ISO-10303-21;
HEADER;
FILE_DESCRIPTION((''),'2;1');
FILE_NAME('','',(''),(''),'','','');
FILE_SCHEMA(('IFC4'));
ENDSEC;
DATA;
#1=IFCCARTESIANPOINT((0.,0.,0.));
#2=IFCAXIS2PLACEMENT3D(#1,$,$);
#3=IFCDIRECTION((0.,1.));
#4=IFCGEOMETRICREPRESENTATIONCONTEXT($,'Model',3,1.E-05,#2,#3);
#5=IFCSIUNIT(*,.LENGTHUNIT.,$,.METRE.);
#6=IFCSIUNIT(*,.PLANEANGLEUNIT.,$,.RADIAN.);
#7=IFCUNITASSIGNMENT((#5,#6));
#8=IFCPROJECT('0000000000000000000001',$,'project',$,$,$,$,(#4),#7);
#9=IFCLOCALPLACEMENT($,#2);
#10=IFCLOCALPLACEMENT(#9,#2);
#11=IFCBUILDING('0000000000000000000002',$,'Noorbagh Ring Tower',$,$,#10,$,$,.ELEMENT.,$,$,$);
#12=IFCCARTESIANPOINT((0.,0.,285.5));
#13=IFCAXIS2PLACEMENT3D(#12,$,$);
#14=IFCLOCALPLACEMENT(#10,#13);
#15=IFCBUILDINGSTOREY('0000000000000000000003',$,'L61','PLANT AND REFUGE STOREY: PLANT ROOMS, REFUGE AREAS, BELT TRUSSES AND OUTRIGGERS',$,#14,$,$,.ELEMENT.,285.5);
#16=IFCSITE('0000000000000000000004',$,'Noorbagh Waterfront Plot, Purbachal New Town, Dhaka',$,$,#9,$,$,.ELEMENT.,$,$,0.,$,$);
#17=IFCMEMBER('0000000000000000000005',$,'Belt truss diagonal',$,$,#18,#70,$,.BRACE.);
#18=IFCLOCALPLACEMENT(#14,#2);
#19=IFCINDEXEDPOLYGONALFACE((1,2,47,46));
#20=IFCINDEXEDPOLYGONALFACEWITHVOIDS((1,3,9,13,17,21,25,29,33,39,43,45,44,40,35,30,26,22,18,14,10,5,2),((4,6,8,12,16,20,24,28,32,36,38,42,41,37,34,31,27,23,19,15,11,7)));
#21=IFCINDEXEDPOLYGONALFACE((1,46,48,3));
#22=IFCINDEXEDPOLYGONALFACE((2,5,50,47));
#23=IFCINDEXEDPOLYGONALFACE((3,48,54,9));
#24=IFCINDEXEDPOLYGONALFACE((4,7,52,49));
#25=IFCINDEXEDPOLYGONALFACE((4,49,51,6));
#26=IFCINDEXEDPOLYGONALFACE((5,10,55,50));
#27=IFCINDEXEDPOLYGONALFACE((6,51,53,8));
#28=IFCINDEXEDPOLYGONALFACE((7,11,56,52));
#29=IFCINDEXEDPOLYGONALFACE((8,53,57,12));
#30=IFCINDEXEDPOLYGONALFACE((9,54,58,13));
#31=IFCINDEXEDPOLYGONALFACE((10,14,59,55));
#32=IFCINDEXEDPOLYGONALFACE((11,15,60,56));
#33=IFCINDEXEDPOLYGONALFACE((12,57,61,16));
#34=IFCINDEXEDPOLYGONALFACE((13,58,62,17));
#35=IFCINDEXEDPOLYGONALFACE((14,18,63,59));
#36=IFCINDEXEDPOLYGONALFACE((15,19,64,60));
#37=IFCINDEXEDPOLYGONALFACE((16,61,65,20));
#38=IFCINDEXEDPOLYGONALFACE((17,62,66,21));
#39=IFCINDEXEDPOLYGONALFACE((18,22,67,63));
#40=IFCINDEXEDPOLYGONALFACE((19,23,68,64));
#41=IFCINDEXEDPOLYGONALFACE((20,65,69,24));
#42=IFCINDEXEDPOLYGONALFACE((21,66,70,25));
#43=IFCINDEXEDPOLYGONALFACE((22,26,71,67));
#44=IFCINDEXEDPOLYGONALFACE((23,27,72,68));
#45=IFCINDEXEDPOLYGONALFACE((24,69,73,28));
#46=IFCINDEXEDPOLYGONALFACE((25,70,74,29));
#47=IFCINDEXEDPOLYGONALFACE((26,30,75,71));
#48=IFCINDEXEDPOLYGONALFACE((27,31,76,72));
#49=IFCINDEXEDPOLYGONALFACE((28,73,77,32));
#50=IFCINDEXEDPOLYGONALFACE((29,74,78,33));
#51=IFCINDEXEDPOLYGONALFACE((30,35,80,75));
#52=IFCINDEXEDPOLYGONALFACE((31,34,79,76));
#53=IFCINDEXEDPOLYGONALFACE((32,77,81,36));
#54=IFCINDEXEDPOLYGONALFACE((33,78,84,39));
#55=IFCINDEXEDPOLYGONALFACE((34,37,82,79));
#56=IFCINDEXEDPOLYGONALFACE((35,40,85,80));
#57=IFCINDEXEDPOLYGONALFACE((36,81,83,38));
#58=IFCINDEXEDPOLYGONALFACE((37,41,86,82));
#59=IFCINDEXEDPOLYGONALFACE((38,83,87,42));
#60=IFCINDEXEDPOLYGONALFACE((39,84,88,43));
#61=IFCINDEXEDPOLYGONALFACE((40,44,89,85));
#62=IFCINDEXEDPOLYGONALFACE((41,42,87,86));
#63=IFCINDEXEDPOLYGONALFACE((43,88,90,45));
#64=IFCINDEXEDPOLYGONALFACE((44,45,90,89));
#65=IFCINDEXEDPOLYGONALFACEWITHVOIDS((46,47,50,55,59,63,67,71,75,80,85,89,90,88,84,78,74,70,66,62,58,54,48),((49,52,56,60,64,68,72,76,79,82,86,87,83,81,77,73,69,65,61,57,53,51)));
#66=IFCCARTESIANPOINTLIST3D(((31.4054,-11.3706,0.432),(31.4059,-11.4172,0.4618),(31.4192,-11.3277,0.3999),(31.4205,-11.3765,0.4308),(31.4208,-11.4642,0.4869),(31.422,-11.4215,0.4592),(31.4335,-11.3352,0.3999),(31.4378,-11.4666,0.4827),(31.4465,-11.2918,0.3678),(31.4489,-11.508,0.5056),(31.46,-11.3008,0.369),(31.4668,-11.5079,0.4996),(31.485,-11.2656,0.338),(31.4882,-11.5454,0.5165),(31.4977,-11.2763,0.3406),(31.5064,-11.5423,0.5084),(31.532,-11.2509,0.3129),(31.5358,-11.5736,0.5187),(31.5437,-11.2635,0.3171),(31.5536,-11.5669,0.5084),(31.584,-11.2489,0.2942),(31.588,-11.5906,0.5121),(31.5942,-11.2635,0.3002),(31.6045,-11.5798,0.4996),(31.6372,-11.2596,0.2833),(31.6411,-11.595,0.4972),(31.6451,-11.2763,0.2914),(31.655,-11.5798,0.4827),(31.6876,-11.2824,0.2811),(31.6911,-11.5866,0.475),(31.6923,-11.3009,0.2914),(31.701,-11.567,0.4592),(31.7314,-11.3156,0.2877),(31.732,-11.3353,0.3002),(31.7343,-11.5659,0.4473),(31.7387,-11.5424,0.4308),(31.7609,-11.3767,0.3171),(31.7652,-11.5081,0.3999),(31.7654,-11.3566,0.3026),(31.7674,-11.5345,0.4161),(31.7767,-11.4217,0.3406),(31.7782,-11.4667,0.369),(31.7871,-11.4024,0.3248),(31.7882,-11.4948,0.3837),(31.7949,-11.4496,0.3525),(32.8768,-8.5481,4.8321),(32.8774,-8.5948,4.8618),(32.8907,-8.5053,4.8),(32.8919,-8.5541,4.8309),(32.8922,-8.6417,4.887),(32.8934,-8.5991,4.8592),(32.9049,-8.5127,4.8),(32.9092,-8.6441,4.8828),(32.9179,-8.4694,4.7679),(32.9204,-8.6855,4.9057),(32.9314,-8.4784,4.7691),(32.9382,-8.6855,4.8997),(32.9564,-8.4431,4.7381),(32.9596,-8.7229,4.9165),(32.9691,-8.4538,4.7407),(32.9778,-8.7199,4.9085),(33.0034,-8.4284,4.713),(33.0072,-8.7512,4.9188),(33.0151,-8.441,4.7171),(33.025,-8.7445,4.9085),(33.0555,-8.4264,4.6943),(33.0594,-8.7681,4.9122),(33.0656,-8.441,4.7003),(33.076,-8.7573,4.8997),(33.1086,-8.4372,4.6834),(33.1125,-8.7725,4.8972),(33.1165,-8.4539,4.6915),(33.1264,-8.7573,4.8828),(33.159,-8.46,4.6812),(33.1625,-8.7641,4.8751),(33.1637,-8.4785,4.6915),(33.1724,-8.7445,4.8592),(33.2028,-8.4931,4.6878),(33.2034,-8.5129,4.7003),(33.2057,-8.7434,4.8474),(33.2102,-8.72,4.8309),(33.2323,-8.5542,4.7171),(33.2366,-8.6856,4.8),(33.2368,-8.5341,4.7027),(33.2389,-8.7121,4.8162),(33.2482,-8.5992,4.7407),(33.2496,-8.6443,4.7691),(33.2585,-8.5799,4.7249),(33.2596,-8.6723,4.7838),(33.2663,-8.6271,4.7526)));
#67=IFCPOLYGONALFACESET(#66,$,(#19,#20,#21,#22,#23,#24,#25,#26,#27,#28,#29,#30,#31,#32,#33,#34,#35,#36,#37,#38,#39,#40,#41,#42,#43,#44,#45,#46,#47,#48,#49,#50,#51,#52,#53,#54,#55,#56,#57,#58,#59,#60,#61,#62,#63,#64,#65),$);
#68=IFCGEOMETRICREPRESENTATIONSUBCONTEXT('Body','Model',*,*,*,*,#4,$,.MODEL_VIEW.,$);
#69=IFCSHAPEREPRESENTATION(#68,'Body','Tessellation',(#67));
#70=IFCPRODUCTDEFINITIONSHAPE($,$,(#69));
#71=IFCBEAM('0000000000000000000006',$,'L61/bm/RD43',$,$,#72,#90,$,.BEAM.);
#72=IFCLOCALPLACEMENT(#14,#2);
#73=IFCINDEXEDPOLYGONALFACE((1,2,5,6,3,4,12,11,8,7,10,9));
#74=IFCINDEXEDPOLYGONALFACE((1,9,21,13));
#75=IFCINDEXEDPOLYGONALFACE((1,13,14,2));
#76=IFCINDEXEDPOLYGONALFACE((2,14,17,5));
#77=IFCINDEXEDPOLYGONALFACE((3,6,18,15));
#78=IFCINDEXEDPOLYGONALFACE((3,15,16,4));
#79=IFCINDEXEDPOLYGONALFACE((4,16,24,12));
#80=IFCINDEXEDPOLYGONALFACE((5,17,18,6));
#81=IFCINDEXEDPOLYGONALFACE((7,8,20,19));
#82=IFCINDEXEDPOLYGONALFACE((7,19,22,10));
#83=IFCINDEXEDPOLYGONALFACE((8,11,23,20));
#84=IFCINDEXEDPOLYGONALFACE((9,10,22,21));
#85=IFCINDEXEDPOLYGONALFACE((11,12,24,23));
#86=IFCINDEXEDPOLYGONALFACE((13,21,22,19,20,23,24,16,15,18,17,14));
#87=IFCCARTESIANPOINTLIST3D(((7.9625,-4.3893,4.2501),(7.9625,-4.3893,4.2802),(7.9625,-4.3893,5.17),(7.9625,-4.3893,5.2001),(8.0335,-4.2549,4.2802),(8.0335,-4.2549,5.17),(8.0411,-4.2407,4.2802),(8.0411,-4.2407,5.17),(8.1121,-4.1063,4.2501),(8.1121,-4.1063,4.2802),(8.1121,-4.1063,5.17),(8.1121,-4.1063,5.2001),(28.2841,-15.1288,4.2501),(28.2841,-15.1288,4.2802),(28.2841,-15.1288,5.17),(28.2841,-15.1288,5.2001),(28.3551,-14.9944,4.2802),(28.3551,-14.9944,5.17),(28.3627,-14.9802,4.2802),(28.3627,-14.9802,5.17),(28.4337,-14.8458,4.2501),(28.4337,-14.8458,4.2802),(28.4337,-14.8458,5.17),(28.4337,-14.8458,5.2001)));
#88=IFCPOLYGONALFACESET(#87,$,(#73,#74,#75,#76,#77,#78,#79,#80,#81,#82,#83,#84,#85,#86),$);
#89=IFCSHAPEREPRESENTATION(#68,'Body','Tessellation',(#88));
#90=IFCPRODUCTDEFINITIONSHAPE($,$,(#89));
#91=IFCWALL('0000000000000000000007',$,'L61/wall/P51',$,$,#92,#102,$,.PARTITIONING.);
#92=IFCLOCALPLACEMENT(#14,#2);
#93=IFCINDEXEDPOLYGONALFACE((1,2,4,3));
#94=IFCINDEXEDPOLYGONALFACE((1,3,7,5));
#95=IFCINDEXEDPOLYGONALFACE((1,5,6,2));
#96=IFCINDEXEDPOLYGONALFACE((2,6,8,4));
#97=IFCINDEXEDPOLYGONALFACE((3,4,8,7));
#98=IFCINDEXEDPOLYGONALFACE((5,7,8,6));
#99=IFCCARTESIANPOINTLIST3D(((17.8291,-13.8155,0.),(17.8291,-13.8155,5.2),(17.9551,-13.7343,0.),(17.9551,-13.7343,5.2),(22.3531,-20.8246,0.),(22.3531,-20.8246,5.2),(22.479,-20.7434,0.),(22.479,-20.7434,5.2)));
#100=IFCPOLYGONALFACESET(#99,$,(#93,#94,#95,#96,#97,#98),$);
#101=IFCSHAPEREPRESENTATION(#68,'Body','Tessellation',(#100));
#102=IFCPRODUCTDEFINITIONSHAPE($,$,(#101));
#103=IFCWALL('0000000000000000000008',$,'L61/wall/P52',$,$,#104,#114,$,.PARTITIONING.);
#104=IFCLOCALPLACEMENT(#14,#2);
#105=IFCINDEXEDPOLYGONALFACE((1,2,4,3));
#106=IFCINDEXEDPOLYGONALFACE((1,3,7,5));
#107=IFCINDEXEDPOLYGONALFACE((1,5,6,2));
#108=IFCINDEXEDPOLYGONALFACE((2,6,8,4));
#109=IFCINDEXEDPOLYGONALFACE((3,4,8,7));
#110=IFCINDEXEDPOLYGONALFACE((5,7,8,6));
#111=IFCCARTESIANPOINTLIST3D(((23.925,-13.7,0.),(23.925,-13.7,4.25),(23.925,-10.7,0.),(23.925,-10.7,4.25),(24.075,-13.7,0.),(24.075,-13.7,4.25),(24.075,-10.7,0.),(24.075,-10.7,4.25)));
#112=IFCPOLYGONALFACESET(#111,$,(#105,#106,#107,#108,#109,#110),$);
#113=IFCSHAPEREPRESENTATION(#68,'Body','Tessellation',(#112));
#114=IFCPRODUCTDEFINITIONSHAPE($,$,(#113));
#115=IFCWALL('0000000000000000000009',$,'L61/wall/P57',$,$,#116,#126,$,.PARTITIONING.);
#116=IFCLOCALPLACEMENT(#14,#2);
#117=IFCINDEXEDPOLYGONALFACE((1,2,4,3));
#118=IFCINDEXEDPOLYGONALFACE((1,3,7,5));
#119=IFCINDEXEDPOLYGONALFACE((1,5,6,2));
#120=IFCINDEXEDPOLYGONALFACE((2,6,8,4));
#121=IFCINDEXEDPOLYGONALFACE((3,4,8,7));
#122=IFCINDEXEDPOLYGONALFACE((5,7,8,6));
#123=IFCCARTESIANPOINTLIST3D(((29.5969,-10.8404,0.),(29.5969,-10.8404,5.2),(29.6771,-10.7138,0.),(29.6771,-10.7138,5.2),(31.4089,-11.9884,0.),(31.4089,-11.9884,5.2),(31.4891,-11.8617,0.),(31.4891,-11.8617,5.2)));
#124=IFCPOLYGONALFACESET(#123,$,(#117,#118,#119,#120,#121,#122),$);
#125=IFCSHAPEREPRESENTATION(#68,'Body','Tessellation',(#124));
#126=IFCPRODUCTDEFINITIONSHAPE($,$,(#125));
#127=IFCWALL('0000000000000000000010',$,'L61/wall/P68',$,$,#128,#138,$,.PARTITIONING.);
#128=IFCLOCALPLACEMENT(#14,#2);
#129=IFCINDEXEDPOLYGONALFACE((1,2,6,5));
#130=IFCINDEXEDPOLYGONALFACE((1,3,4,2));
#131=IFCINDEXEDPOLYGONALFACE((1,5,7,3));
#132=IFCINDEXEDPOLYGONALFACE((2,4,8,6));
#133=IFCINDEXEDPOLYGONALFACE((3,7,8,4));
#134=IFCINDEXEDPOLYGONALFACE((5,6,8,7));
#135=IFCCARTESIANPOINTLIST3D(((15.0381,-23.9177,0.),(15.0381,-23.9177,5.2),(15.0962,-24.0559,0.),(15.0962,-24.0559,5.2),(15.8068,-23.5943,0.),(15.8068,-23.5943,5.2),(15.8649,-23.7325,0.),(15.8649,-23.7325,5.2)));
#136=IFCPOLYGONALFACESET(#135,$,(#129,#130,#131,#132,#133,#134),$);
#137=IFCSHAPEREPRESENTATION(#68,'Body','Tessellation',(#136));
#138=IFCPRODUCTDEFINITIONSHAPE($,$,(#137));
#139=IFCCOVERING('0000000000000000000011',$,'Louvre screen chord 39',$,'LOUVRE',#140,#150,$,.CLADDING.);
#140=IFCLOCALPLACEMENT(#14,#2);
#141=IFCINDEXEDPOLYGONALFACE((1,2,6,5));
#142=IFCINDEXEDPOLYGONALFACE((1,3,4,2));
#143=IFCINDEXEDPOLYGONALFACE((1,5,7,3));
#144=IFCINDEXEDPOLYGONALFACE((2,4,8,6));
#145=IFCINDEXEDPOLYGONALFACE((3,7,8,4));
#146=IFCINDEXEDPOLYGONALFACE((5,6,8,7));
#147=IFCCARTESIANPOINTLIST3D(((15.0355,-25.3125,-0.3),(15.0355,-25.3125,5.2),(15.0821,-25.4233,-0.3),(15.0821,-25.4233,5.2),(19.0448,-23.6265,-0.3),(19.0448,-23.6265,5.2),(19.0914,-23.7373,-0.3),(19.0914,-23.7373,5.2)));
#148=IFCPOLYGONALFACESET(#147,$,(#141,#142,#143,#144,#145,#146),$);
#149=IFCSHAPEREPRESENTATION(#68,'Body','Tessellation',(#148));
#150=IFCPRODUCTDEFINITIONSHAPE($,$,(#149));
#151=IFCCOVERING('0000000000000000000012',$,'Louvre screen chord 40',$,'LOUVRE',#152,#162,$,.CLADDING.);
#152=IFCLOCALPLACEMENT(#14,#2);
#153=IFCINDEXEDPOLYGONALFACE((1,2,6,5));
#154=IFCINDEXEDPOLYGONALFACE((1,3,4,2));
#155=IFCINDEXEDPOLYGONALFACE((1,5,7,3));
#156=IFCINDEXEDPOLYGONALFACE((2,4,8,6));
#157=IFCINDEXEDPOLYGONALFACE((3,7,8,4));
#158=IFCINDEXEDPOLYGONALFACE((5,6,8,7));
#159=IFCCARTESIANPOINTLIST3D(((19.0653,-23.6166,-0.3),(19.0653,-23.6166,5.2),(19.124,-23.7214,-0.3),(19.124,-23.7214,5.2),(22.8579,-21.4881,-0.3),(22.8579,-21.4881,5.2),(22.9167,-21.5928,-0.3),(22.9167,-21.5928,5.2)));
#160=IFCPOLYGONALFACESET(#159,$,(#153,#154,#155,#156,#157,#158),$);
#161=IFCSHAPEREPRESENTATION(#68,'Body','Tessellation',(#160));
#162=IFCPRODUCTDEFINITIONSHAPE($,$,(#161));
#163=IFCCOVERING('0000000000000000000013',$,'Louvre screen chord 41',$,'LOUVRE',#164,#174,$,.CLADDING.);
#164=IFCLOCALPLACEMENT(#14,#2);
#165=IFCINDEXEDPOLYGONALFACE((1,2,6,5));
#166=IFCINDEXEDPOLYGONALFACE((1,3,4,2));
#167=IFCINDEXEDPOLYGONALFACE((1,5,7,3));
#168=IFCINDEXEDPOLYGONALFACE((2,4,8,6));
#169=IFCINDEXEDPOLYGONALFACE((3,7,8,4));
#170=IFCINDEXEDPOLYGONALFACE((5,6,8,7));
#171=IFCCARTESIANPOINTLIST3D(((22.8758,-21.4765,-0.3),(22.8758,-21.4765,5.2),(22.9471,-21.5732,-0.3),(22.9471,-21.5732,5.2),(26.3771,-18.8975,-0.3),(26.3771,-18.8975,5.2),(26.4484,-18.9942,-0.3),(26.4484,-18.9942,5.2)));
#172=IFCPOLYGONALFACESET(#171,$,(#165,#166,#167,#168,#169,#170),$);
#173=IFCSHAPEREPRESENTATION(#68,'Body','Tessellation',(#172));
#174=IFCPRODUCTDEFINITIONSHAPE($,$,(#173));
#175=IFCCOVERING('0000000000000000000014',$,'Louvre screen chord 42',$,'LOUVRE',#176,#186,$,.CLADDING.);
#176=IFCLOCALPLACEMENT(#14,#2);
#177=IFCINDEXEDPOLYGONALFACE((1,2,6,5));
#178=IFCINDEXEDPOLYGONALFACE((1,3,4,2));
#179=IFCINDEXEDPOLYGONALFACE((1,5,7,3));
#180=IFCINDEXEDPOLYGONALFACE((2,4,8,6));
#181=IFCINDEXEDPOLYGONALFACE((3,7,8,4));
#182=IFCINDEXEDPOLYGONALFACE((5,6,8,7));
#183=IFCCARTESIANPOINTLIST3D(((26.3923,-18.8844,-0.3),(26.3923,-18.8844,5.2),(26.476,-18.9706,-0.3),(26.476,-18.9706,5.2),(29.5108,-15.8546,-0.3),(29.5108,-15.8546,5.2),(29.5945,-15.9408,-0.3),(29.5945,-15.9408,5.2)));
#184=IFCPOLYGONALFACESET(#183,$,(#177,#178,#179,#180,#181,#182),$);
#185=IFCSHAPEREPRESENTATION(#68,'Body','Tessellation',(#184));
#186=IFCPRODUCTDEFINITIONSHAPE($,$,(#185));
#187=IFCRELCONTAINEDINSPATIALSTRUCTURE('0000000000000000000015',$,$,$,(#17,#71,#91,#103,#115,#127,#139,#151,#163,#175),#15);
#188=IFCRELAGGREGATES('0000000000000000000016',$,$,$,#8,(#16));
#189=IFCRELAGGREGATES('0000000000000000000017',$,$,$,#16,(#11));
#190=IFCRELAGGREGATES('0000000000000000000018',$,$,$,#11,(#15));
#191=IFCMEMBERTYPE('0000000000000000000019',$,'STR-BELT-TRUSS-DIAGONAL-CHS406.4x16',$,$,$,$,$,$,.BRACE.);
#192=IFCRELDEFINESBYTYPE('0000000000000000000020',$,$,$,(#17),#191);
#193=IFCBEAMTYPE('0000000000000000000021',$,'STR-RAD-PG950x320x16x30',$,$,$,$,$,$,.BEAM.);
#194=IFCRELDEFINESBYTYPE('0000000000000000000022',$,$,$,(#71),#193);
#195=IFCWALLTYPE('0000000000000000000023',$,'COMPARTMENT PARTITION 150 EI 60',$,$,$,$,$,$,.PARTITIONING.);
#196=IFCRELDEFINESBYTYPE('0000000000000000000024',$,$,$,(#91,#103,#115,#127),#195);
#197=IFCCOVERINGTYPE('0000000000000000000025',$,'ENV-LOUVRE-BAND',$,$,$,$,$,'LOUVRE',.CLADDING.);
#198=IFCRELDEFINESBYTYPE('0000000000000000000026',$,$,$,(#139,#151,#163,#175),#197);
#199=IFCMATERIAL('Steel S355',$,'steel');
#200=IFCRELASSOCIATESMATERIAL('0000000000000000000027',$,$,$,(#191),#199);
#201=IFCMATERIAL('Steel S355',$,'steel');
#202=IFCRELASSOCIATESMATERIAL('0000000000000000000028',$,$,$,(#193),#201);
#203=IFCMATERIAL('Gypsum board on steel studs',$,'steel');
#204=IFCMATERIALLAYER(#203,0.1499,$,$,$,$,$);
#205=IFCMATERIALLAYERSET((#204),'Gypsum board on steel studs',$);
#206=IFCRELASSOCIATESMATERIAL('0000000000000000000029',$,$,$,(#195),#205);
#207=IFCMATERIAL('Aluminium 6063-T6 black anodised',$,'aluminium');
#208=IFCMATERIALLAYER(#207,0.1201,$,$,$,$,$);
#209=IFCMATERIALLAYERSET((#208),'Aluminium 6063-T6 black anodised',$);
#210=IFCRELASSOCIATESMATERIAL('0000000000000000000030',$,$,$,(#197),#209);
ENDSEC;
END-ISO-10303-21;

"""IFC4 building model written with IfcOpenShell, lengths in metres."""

from ifc_helpers import new_model, si_unit, direction, frame, frame_2d, origin, origin_2d, place, context, subcontext, project, spatial, rectangle, hollow_circle, i_section, extrude, material, layer, layer_set, material_profile, profile_set, type_object, element, save


model = new_model("IFC4")

# Units and contexts
model_context = context("Model", 3, precision=1e-05, world=origin(), true_north=direction((0.0, 1.0)))
body_context = subcontext(model_context, "Body", "Model", "MODEL_VIEW")
ifc_project = project(units=[si_unit("LENGTHUNIT", "METRE"), si_unit("PLANEANGLEUNIT", "RADIAN")], contexts=[model_context])

# Site, building, storey
site_placement = place(None, origin())
site = spatial("IfcSite", under=ifc_project, at=site_placement, Name="Noorbagh Waterfront Plot, Purbachal New Town, Dhaka", CompositionType="ELEMENT", RefElevation=0.0)
building_placement = place(site_placement, origin())
building = spatial("IfcBuilding", under=site, at=building_placement, Name="Noorbagh Ring Tower", CompositionType="ELEMENT")
storey_placement = place(building_placement, frame((0.0, 0.0, 285.5)))
storey = spatial("IfcBuildingStorey", under=building, at=storey_placement, Name="L61", Description="PLANT AND REFUGE STOREY: PLANT ROOMS, REFUGE AREAS, BELT TRUSSES AND OUTRIGGERS", CompositionType="ELEMENT", Elevation=285.5)

# Member
ifc_material_1 = material(Name="Steel S355", Category="steel")
ifc_material_profile_1 = material_profile(ifc_material_1, hollow_circle(Radius=0.2031, WallThickness=0.0161, at=origin_2d()), Name="CHS406.4x16")
ifc_profile_set_1 = profile_set([ifc_material_profile_1], Name="Steel S355")
member_type = type_object("IfcMemberType", Name="STR-BELT-TRUSS-DIAGONAL-CHS406.4x16", PredefinedType="BRACE", material=ifc_profile_set_1)
member_1_placement = place(storey_placement, frame((31.5994, -11.4216, 0.3999), z_axis=(0.270946, 0.519728, 0.810229), x_axis=(-0.886737, 0.462275, 0.0)))
element("IfcMember", 1, at=member_1_placement, inside=storey, type_object=member_type, Name="Belt truss diagonal", PredefinedType="BRACE", context=body_context, shape_type="SweptSolid", body=[
    extrude(hollow_circle(Radius=0.2031, WallThickness=0.0161, at=origin_2d()), origin(), (0.0, 0.0, 1.0), 5.4307),
])

# Beam
ifc_material_2 = material(Name="Steel S355", Category="steel")
ifc_material_profile_2 = material_profile(ifc_material_2, i_section(OverallWidth=0.3201, OverallDepth=0.95, WebThickness=0.0161, FlangeThickness=0.03, at=origin_2d()), Name="PG950x320x16x30")
ifc_profile_set_2 = profile_set([ifc_material_profile_2], Name="Steel S355")
beam_type_1 = type_object("IfcBeamType", Name="STR-RAD-PG950x320x16x30", PredefinedType="BEAM", material=ifc_profile_set_2)
beam_placement = place(storey_placement, frame((28.3589, -14.9873, 4.7251), z_axis=(-0.884129, 0.467243, 0.0), x_axis=(-0.467243, -0.884129, 0.0)))
element("IfcBeam", 2, at=beam_placement, inside=storey, type_object=beam_type_1, Name="L61/bm/RD43", PredefinedType="BEAM", context=body_context, shape_type="SweptSolid", body=[
    extrude(i_section(OverallWidth=0.3201, OverallDepth=0.95, WebThickness=0.0161, FlangeThickness=0.03, at=origin_2d()), origin(), (0.0, 0.0, 1.0), 22.9849),
])

# Walls
ifc_material_3 = material(Name="Gypsum board on steel studs", Category="steel")
ifc_layer_1 = layer(ifc_material_3, 0.1499)
ifc_layer_set_1 = layer_set([ifc_layer_1], Name="Gypsum board on steel studs")
wall_type = type_object("IfcWallType", Name="COMPARTMENT PARTITION 150 EI 60", PredefinedType="PARTITIONING", material=ifc_layer_set_1)
wall_1_placement = place(storey_placement, frame((17.8921, -13.7749, 0.0), z_axis=(0.0, 0.0, 1.0), x_axis=(0.542294, -0.840189, 0.0)))
element("IfcWall", 3, at=wall_1_placement, inside=storey, type_object=wall_type, Name="L61/wall/P51", PredefinedType="PARTITIONING", context=body_context, shape_type="SweptSolid", body=[
    extrude(rectangle(XDim=8.3423, YDim=0.1499, at=frame_2d((4.1711, 0.0))), origin(), (0.0, 0.0, 1.0), 5.2),
])
wall_2_placement = place(storey_placement, frame((24.0, -13.7, 0.0), z_axis=(0.0, 0.0, 1.0), x_axis=(0.0, 1.0, 0.0)))
element("IfcWall", 4, at=wall_2_placement, inside=storey, type_object=wall_type, Name="L61/wall/P52", PredefinedType="PARTITIONING", context=body_context, shape_type="SweptSolid", body=[
    extrude(rectangle(XDim=3.0, YDim=0.1499, at=frame_2d((1.5, 0.0))), origin(), (0.0, 0.0, 1.0), 4.25),
])
wall_3_placement = place(storey_placement, frame((29.637, -10.7771, 0.0), z_axis=(0.0, 0.0, 1.0), x_axis=(0.844747, -0.535166, 0.0)))
element("IfcWall", 5, at=wall_3_placement, inside=storey, type_object=wall_type, Name="L61/wall/P57", PredefinedType="PARTITIONING", context=body_context, shape_type="SweptSolid", body=[
    extrude(rectangle(XDim=2.145, YDim=0.1499, at=frame_2d((1.0725, 0.0))), origin(), (0.0, 0.0, 1.0), 5.2),
])
wall_4_placement = place(storey_placement, frame((15.0671, -23.9868, 0.0), z_axis=(0.0, 0.0, 1.0), x_axis=(0.921729, 0.387835, 0.0)))
element("IfcWall", 6, at=wall_4_placement, inside=storey, type_object=wall_type, Name="L61/wall/P68", PredefinedType="PARTITIONING", context=body_context, shape_type="SweptSolid", body=[
    extrude(rectangle(XDim=0.834, YDim=0.1499, at=frame_2d((0.417, 0.0))), origin(), (0.0, 0.0, 1.0), 5.2),
])

# Coverings
ifc_material_4 = material(Name="Aluminium 6063-T6 black anodised", Category="aluminium")
ifc_layer_2 = layer(ifc_material_4, 0.1201)
ifc_layer_set_2 = layer_set([ifc_layer_2], Name="Aluminium 6063-T6 black anodised")
covering_type_1 = type_object("IfcCoveringType", Name="ENV-LOUVRE-BAND", ElementType="LOUVRE", PredefinedType="CLADDING", material=ifc_layer_set_2)
covering_1_placement = place(storey_placement, frame((17.0635, -24.5249, -0.3), z_axis=(0.0, 0.0, 1.0), x_axis=(0.921812, 0.387638, 0.0)))
element("IfcCovering", 7, at=covering_1_placement, inside=storey, type_object=covering_type_1, Name="Louvre screen chord 39", ObjectType="LOUVRE", PredefinedType="CLADDING", context=body_context, shape_type="SweptSolid", body=[
    extrude(rectangle(XDim=4.3494, YDim=0.1201, at=origin_2d()), origin(), (0.0, 0.0, 1.0), 5.5),
])
covering_2_placement = place(storey_placement, frame((20.991, -22.6047, -0.3), z_axis=(0.0, 0.0, 1.0), x_axis=(0.872045, 0.489426, 0.0)))
element("IfcCovering", 8, at=covering_2_placement, inside=storey, type_object=covering_type_1, Name="Louvre screen chord 40", ObjectType="LOUVRE", PredefinedType="CLADDING", context=body_context, shape_type="SweptSolid", body=[
    extrude(rectangle(XDim=4.3491, YDim=0.1201, at=origin_2d()), origin(), (0.0, 0.0, 1.0), 5.5),
])
covering_3_placement = place(storey_placement, frame((24.6621, -20.2354, -0.3), z_axis=(0.0, 0.0, 1.0), x_axis=(0.805153, 0.593067, 0.0)))
element("IfcCovering", 9, at=covering_3_placement, inside=storey, type_object=covering_type_1, Name="Louvre screen chord 41", ObjectType="LOUVRE", PredefinedType="CLADDING", context=body_context, shape_type="SweptSolid", body=[
    extrude(rectangle(XDim=4.3486, YDim=0.1201, at=origin_2d()), origin(), (0.0, 0.0, 1.0), 5.5),
])
covering_4_placement = place(storey_placement, frame((27.9934, -17.4126, -0.3), z_axis=(0.0, 0.0, 1.0), x_axis=(0.717225, 0.696842, 0.0)))
element("IfcCovering", 10, at=covering_4_placement, inside=storey, type_object=covering_type_1, Name="Louvre screen chord 42", ObjectType="LOUVRE", PredefinedType="CLADDING", context=body_context, shape_type="SweptSolid", body=[
    extrude(rectangle(XDim=4.3479, YDim=0.1201, at=origin_2d()), origin(), (0.0, 0.0, 1.0), 5.5),
])

save(model, "model.ifc")
